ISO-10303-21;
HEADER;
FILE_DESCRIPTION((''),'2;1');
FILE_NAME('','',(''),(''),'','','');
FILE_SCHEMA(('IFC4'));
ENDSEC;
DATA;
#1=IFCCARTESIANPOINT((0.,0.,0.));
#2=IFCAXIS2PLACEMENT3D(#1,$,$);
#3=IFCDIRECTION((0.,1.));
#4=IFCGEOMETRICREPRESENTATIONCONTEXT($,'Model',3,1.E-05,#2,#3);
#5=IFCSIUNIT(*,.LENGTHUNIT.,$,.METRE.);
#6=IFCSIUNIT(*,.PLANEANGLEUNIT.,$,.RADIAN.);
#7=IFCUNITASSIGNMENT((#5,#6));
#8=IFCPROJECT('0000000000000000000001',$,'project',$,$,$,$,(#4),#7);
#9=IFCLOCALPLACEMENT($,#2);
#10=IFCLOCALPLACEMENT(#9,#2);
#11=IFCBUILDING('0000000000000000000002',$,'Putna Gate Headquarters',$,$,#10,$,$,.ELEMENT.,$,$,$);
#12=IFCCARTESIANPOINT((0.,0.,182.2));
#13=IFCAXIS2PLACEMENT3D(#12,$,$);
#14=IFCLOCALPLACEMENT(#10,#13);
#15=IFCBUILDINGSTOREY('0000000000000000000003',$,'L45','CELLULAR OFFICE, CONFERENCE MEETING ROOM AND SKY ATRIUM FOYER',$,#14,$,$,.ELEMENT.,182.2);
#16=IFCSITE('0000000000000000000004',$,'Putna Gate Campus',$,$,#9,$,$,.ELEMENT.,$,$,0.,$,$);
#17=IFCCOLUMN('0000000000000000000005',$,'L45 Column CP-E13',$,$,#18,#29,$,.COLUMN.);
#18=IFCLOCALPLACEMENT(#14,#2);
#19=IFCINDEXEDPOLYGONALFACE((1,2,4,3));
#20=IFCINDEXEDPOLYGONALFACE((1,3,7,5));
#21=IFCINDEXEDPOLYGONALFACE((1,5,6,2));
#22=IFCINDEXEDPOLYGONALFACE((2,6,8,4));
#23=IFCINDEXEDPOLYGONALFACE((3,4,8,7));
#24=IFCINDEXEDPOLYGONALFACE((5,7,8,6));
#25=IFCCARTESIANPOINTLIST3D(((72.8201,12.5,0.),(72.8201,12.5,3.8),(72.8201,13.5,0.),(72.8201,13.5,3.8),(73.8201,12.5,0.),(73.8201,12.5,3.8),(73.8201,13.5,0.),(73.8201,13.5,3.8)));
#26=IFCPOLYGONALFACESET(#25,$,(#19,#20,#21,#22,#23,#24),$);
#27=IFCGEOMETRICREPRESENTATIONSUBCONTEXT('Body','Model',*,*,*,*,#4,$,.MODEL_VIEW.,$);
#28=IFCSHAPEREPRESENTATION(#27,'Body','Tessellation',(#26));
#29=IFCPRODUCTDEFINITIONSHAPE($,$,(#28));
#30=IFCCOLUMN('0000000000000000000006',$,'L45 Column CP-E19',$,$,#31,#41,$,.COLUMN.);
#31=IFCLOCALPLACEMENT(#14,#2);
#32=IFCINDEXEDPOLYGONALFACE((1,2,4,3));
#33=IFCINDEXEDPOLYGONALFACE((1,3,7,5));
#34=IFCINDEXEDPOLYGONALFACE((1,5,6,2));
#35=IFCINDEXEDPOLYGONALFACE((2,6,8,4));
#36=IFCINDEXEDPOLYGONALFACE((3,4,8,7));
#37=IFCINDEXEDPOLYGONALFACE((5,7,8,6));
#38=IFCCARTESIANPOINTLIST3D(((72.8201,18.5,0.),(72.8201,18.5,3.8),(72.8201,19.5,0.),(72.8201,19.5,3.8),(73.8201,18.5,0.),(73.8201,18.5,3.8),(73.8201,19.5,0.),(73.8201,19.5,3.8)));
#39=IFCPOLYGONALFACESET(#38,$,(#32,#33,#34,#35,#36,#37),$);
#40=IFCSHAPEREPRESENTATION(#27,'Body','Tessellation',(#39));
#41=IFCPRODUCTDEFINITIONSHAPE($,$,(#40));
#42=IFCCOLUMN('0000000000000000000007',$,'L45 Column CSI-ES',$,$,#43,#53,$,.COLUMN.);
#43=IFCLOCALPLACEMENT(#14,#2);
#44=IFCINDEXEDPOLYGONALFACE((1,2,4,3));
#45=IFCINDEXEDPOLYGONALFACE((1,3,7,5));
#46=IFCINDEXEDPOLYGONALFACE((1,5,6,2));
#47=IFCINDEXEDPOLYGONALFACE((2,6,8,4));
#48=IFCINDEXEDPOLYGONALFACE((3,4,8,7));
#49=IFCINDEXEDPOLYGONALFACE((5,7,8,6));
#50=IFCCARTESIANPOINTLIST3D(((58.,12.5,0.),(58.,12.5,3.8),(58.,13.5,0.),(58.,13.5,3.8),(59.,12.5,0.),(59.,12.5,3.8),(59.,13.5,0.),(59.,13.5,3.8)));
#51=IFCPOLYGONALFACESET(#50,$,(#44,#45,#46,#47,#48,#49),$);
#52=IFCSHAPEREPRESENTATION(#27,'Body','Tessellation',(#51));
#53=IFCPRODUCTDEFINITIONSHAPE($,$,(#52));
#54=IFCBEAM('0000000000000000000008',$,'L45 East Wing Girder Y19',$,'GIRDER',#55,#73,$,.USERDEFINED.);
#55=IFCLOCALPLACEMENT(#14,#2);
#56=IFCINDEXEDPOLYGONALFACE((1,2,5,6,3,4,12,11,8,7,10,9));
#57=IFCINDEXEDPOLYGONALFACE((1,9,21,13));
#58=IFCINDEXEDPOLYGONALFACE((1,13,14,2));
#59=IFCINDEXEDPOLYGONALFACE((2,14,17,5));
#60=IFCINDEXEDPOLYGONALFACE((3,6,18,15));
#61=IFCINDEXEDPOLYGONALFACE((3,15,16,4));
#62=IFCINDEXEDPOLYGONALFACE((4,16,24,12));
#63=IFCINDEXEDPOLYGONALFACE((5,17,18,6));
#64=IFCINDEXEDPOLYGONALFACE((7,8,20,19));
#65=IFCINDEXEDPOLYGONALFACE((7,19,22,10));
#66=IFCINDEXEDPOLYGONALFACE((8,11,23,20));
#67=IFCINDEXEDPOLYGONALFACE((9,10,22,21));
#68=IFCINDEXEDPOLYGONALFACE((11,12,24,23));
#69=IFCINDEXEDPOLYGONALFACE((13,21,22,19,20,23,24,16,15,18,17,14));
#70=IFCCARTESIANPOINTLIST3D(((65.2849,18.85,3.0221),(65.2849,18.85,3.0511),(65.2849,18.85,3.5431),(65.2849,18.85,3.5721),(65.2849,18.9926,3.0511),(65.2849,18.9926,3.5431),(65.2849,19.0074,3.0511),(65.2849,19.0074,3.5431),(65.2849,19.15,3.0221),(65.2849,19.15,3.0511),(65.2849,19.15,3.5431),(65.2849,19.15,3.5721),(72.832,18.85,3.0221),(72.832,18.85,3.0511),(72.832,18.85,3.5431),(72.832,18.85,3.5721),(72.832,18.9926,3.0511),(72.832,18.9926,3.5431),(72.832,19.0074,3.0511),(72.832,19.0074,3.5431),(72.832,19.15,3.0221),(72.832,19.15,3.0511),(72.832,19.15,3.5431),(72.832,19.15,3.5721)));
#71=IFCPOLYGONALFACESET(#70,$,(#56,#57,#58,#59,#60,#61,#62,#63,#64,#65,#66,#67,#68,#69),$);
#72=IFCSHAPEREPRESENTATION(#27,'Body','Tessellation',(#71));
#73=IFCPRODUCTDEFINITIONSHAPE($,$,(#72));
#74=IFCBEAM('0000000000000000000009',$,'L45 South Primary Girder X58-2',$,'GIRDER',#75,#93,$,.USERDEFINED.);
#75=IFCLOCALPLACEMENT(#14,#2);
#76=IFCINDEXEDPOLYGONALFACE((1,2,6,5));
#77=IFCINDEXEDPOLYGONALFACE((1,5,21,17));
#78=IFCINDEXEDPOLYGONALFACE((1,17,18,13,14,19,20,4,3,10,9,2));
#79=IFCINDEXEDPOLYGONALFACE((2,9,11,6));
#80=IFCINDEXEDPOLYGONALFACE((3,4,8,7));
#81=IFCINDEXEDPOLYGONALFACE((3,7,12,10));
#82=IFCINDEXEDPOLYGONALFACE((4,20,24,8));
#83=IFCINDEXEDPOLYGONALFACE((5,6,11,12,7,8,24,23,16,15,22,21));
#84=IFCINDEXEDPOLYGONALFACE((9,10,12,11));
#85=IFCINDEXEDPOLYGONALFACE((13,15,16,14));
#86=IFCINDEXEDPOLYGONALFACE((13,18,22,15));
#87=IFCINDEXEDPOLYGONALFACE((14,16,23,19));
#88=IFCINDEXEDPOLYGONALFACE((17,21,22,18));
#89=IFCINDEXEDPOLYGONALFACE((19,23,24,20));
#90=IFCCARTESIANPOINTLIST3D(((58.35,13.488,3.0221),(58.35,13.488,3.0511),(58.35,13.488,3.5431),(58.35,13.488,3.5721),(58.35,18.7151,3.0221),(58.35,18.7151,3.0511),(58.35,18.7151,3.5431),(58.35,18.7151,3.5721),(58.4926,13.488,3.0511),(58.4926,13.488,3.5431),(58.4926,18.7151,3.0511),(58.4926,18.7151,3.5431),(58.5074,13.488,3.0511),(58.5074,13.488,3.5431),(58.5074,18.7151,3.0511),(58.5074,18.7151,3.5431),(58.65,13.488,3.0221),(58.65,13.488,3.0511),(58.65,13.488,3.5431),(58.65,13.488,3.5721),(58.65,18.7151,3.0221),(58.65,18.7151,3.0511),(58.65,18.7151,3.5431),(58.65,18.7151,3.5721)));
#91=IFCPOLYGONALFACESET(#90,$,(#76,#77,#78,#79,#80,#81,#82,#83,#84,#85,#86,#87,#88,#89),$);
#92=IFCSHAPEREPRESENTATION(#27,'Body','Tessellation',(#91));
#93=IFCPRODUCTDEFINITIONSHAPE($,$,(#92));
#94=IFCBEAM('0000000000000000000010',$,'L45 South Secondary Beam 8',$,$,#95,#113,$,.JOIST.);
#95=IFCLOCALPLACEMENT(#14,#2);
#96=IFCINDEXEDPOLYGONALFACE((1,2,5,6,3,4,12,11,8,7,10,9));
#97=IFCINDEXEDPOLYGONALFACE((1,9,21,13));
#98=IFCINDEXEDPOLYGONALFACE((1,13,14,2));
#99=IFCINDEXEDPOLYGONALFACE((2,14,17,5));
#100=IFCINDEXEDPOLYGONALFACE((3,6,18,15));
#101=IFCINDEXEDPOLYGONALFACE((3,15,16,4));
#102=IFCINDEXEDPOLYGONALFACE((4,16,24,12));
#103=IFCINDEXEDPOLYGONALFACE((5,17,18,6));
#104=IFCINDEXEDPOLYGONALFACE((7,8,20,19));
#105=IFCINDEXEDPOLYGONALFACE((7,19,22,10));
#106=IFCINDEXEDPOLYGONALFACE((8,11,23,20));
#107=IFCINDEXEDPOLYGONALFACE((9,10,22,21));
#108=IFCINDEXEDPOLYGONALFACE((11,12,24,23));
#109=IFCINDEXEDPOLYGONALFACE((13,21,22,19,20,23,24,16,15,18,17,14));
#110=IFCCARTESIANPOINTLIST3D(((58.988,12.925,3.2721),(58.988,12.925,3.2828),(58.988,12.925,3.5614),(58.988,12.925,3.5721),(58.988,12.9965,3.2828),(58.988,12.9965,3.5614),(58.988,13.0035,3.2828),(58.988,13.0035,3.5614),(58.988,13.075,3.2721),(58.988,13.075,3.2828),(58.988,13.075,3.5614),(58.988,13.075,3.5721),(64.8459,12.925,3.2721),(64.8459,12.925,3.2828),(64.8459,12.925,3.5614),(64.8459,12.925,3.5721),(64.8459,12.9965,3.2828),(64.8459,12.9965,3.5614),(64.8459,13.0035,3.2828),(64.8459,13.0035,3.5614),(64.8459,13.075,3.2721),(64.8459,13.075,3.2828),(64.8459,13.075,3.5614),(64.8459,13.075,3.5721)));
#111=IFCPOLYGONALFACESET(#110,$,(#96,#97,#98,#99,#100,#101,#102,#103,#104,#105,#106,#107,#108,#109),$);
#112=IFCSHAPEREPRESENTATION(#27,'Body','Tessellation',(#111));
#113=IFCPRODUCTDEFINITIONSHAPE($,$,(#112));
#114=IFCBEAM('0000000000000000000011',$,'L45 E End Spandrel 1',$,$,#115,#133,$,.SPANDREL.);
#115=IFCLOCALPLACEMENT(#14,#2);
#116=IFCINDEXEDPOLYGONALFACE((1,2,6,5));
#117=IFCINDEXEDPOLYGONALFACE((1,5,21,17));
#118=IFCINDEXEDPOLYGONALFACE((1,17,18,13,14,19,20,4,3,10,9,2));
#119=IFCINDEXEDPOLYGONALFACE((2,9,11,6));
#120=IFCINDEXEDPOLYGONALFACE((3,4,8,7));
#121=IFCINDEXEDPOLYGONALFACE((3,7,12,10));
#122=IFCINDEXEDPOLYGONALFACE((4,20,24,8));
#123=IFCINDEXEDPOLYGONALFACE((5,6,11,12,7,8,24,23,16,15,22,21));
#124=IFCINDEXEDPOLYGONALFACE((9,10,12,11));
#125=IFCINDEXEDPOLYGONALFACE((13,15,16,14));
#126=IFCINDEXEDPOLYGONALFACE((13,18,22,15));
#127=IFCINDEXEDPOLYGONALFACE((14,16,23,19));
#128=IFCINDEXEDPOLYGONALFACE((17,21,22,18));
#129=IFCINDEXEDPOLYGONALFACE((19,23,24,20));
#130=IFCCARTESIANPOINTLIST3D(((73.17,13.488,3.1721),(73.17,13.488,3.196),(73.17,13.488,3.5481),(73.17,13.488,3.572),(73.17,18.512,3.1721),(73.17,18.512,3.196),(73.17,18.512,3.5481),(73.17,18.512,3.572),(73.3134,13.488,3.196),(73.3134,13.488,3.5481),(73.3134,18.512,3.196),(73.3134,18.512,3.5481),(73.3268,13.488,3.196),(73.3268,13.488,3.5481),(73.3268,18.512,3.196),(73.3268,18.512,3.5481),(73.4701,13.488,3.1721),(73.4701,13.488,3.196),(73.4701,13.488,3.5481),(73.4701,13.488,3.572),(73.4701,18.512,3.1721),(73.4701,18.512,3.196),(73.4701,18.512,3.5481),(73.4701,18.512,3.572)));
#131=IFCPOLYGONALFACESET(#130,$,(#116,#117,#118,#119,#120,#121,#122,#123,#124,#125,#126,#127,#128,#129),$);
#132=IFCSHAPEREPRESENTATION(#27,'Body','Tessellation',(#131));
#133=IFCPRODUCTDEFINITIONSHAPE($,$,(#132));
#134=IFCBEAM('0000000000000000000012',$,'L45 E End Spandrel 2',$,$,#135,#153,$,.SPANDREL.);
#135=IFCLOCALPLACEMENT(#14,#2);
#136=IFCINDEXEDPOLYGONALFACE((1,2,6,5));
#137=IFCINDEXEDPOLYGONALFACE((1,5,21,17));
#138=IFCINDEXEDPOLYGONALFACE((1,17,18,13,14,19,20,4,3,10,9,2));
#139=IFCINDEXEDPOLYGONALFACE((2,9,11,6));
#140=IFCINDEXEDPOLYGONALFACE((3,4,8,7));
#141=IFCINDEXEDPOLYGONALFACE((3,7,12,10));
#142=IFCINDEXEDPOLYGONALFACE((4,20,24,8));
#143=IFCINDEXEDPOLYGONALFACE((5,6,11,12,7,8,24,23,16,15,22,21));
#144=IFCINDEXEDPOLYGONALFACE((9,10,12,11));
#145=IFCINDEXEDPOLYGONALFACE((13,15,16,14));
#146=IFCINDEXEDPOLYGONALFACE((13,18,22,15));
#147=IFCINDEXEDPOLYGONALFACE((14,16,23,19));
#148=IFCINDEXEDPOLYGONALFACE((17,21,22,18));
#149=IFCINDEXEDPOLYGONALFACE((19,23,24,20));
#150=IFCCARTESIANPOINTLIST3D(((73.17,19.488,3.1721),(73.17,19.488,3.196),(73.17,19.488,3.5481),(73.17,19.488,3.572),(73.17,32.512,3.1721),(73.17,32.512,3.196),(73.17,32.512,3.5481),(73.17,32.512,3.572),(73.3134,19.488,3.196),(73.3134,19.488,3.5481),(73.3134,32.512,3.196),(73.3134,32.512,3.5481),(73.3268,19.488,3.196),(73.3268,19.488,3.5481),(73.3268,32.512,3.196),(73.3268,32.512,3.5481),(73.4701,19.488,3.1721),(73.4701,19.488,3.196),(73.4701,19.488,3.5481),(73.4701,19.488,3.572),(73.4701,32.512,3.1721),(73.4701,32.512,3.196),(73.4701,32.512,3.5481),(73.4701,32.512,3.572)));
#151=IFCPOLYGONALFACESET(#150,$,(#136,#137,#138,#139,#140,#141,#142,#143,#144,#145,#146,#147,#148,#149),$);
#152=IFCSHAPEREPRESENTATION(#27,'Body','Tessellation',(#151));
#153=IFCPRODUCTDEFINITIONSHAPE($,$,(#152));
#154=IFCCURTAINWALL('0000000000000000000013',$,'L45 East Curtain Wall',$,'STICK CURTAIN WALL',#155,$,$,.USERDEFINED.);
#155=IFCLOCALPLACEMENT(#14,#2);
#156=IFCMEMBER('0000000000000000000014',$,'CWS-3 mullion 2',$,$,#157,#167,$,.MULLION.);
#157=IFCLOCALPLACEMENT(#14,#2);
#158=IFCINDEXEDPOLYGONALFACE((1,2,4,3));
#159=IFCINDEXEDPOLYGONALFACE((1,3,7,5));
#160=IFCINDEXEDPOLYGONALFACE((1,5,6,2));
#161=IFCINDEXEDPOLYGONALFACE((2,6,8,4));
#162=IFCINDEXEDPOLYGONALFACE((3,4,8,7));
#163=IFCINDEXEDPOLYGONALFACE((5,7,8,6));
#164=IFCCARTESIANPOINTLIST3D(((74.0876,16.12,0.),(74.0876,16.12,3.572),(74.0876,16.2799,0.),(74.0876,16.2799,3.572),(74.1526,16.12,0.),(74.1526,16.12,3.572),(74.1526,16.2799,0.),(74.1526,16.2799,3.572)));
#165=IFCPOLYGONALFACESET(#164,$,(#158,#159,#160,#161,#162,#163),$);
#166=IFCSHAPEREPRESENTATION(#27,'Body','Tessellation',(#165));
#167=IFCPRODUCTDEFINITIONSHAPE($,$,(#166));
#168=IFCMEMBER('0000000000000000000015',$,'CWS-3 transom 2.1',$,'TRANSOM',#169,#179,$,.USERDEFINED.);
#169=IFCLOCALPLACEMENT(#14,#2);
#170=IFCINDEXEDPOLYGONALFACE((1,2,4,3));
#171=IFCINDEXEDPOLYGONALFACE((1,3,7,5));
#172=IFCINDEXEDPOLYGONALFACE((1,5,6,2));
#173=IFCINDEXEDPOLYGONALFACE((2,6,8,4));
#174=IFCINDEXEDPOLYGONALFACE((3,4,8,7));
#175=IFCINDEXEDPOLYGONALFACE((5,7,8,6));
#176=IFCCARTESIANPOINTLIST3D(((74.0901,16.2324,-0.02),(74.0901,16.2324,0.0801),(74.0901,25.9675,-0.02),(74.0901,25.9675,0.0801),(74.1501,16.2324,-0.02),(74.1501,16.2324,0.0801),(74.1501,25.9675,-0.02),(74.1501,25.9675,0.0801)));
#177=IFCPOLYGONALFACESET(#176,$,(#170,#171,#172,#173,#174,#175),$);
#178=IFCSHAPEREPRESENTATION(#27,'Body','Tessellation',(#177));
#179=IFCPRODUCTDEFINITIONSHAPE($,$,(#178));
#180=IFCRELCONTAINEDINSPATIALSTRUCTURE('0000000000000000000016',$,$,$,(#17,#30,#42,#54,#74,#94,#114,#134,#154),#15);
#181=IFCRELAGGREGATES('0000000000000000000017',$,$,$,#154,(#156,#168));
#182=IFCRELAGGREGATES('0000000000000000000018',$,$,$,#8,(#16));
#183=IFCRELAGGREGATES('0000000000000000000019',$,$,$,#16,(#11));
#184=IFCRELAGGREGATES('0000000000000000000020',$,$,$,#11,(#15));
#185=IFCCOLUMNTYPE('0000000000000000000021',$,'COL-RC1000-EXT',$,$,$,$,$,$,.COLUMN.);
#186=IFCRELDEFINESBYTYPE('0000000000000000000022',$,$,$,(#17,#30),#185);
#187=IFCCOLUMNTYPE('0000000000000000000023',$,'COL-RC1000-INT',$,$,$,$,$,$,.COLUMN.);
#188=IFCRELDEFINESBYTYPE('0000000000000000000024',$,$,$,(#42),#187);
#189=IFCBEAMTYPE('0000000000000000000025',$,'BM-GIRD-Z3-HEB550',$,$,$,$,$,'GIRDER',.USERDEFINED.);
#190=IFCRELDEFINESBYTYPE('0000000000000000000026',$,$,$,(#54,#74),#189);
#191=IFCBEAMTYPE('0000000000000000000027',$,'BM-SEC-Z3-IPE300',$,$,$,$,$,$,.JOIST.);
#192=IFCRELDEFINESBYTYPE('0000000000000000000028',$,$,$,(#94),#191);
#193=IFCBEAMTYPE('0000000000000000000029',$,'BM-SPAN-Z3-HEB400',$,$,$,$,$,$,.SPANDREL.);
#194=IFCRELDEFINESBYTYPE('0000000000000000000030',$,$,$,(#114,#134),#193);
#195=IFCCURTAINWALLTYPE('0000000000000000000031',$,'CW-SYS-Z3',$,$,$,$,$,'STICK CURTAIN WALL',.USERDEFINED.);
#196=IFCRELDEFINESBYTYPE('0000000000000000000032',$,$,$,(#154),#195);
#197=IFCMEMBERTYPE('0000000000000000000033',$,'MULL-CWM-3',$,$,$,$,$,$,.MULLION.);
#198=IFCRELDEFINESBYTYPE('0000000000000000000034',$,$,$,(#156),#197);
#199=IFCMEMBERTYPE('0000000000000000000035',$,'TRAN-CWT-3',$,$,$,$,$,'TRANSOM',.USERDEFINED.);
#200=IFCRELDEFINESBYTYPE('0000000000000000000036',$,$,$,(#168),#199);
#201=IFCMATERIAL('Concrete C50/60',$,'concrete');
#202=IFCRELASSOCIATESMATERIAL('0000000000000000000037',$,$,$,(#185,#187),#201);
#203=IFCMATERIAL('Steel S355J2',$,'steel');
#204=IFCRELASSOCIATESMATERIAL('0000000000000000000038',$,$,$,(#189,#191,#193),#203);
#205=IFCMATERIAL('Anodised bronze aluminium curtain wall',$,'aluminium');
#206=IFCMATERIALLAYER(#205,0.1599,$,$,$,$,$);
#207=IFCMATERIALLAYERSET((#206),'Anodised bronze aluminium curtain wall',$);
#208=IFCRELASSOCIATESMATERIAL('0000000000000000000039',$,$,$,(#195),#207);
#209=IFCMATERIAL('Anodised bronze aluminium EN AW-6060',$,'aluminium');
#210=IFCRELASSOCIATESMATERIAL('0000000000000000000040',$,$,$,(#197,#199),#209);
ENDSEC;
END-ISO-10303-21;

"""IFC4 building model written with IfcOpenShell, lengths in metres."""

from ifc_helpers import new_model, si_unit, direction, frame, origin, origin_2d, place, context, subcontext, project, spatial, rectangle, i_section, extrude, material, layer, layer_set, material_profile, profile_set, type_object, element, aggregate, save


model = new_model("IFC4")

# Units and contexts
model_context = context("Model", 3, precision=1e-05, world=origin(), true_north=direction((0.0, 1.0)))
body_context = subcontext(model_context, "Body", "Model", "MODEL_VIEW")
ifc_project = project(units=[si_unit("LENGTHUNIT", "METRE"), si_unit("PLANEANGLEUNIT", "RADIAN")], contexts=[model_context])

# Site, building, storey
site_placement = place(None, origin())
site = spatial("IfcSite", under=ifc_project, at=site_placement, Name="Putna Gate Campus", CompositionType="ELEMENT", RefElevation=0.0)
building_placement = place(site_placement, origin())
building = spatial("IfcBuilding", under=site, at=building_placement, Name="Putna Gate Headquarters", CompositionType="ELEMENT")
storey_placement = place(building_placement, frame((0.0, 0.0, 182.2)))
storey = spatial("IfcBuildingStorey", under=building, at=storey_placement, Name="L45", Description="CELLULAR OFFICE, CONFERENCE MEETING ROOM AND SKY ATRIUM FOYER", CompositionType="ELEMENT", Elevation=182.2)

# Columns
ifc_material_1 = material(Name="Concrete C50/60", Category="concrete")
ifc_material_profile_1 = material_profile(ifc_material_1, rectangle(XDim=1.0, YDim=1.0, at=origin_2d()), Name="Concrete C50/60")
ifc_profile_set_1 = profile_set([ifc_material_profile_1], Name="Concrete C50/60")
column_type_1 = type_object("IfcColumnType", Name="COL-RC1000-EXT", PredefinedType="COLUMN", material=ifc_profile_set_1)
for number, where, z_axis, x_axis, name in (
    (1, (73.3201, 13.0, 0.0), (0.0, 0.0, 1.0), (1.0, 0.0, 0.0), "L45 Column CP-E13"),
    (2, (73.3201, 19.0, 0.0), (0.0, 0.0, 1.0), (1.0, 0.0, 0.0), "L45 Column CP-E19"),
):
    element("IfcColumn", number, at=place(storey_placement, frame(where, z_axis=z_axis, x_axis=x_axis)), inside=storey, type_object=column_type_1, Name=name, PredefinedType="COLUMN", context=body_context, shape_type="SweptSolid", body=[
        extrude(rectangle(XDim=1.0, YDim=1.0, at=origin_2d()), origin(), (0.0, 0.0, 1.0), 3.8),
    ])
ifc_material_profile_2 = material_profile(ifc_material_1, rectangle(XDim=1.0, YDim=1.0, at=origin_2d()), Name="Concrete C50/60")
ifc_profile_set_2 = profile_set([ifc_material_profile_2], Name="Concrete C50/60")
column_type_2 = type_object("IfcColumnType", Name="COL-RC1000-INT", PredefinedType="COLUMN", material=ifc_profile_set_2)
column_placement = place(storey_placement, frame((58.5, 13.0, 0.0), z_axis=(0.0, 0.0, 1.0), x_axis=(1.0, 0.0, 0.0)))
element("IfcColumn", 3, at=column_placement, inside=storey, type_object=column_type_2, Name="L45 Column CSI-ES", PredefinedType="COLUMN", context=body_context, shape_type="SweptSolid", body=[
    extrude(rectangle(XDim=1.0, YDim=1.0, at=origin_2d()), origin(), (0.0, 0.0, 1.0), 3.8),
])

# Beams
ifc_material_2 = material(Name="Steel S355J2", Category="steel")
ifc_material_profile_3 = material_profile(ifc_material_2, i_section(OverallWidth=0.3, OverallDepth=0.55, WebThickness=0.0149, FlangeThickness=0.0291, at=origin_2d()), Name="Steel S355J2")
ifc_profile_set_3 = profile_set([ifc_material_profile_3], Name="Steel S355J2")
beam_type_1 = type_object("IfcBeamType", Name="BM-GIRD-Z3-HEB550", ElementType="GIRDER", PredefinedType="USERDEFINED", material=ifc_profile_set_3)
beam_1_placement = place(storey_placement, frame((65.2849, 19.0, 3.2971), z_axis=(1.0, 0.0, 0.0), x_axis=(0.0, 1.0, 0.0)))
element("IfcBeam", 4, at=beam_1_placement, inside=storey, type_object=beam_type_1, Name="L45 East Wing Girder Y19", ObjectType="GIRDER", PredefinedType="USERDEFINED", context=body_context, shape_type="SweptSolid", body=[
    extrude(i_section(OverallWidth=0.3, OverallDepth=0.55, WebThickness=0.0149, FlangeThickness=0.0291, at=origin_2d()), origin(), (0.0, 0.0, 1.0), 7.5471),
])
beam_2_placement = place(storey_placement, frame((58.5, 13.488, 3.2971), z_axis=(0.0, 1.0, 0.0), x_axis=(-1.0, 0.0, 0.0)))
element("IfcBeam", 5, at=beam_2_placement, inside=storey, type_object=beam_type_1, Name="L45 South Primary Girder X58-2", ObjectType="GIRDER", PredefinedType="USERDEFINED", context=body_context, shape_type="SweptSolid", body=[
    extrude(i_section(OverallWidth=0.3, OverallDepth=0.55, WebThickness=0.0149, FlangeThickness=0.0291, at=origin_2d()), origin(), (0.0, 0.0, 1.0), 5.2271),
])
ifc_material_profile_4 = material_profile(ifc_material_2, i_section(OverallWidth=0.1499, OverallDepth=0.3, WebThickness=0.0071, FlangeThickness=0.0107, at=origin_2d()), Name="Steel S355J2")
ifc_profile_set_4 = profile_set([ifc_material_profile_4], Name="Steel S355J2")
beam_type_2 = type_object("IfcBeamType", Name="BM-SEC-Z3-IPE300", PredefinedType="JOIST", material=ifc_profile_set_4)
beam_3_placement = place(storey_placement, frame((58.988, 13.0, 3.4221), z_axis=(1.0, 0.0, 0.0), x_axis=(0.0, 1.0, 0.0)))
element("IfcBeam", 6, at=beam_3_placement, inside=storey, type_object=beam_type_2, Name="L45 South Secondary Beam 8", PredefinedType="JOIST", context=body_context, shape_type="SweptSolid", body=[
    extrude(i_section(OverallWidth=0.1499, OverallDepth=0.3, WebThickness=0.0071, FlangeThickness=0.0107, at=origin_2d()), origin(), (0.0, 0.0, 1.0), 5.8579),
])
ifc_material_profile_5 = material_profile(ifc_material_2, i_section(OverallWidth=0.3, OverallDepth=0.3999, WebThickness=0.0134, FlangeThickness=0.0239, at=origin_2d()), Name="Steel S355J2")
ifc_profile_set_5 = profile_set([ifc_material_profile_5], Name="Steel S355J2")
beam_type_3 = type_object("IfcBeamType", Name="BM-SPAN-Z3-HEB400", PredefinedType="SPANDREL", material=ifc_profile_set_5)
beam_4_placement = place(storey_placement, frame((73.3201, 13.488, 3.3721), z_axis=(0.0, 1.0, 0.0), x_axis=(-1.0, 0.0, 0.0)))
element("IfcBeam", 7, at=beam_4_placement, inside=storey, type_object=beam_type_3, Name="L45 E End Spandrel 1", PredefinedType="SPANDREL", context=body_context, shape_type="SweptSolid", body=[
    extrude(i_section(OverallWidth=0.3, OverallDepth=0.3999, WebThickness=0.0134, FlangeThickness=0.0239, at=origin_2d()), origin(), (0.0, 0.0, 1.0), 5.0239),
])
beam_5_placement = place(storey_placement, frame((73.3201, 19.488, 3.3721), z_axis=(0.0, 1.0, 0.0), x_axis=(-1.0, 0.0, 0.0)))
element("IfcBeam", 8, at=beam_5_placement, inside=storey, type_object=beam_type_3, Name="L45 E End Spandrel 2", PredefinedType="SPANDREL", context=body_context, shape_type="SweptSolid", body=[
    extrude(i_section(OverallWidth=0.3, OverallDepth=0.3999, WebThickness=0.0134, FlangeThickness=0.0239, at=origin_2d()), origin(), (0.0, 0.0, 1.0), 13.0239),
])

# Curtain wall, members
ifc_material_3 = material(Name="Anodised bronze aluminium curtain wall", Category="aluminium")
ifc_layer_1 = layer(ifc_material_3, 0.1599)
ifc_layer_set_1 = layer_set([ifc_layer_1], Name="Anodised bronze aluminium curtain wall")
curtain_wall_type = type_object("IfcCurtainWallType", Name="CW-SYS-Z3", ElementType="STICK CURTAIN WALL", PredefinedType="USERDEFINED", material=ifc_layer_set_1)
curtain_wall_placement = place(storey_placement, origin())
curtain_wall = element("IfcCurtainWall", 9, at=curtain_wall_placement, inside=storey, type_object=curtain_wall_type, Name="L45 East Curtain Wall", ObjectType="STICK CURTAIN WALL", PredefinedType="USERDEFINED")
ifc_material_4 = material(Name="Anodised bronze aluminium EN AW-6060", Category="aluminium")
ifc_material_profile_6 = material_profile(ifc_material_4, rectangle(XDim=0.0649, YDim=0.1599, at=origin_2d()), Name="Anodised bronze aluminium EN AW-6060")
ifc_profile_set_6 = profile_set([ifc_material_profile_6], Name="Anodised bronze aluminium EN AW-6060")
member_type_1 = type_object("IfcMemberType", Name="MULL-CWM-3", PredefinedType="MULLION", material=ifc_profile_set_6)
member_1_placement = place(storey_placement, frame((74.1201, 16.2, 0.0), z_axis=(0.0, 0.0, 1.0), x_axis=(-1.0, 0.0, 0.0)))
member_1 = element("IfcMember", 10, at=member_1_placement, type_object=member_type_1, Name="CWS-3 mullion 2", PredefinedType="MULLION", context=body_context, shape_type="SweptSolid", body=[
    extrude(rectangle(XDim=0.0649, YDim=0.1599, at=origin_2d()), origin(), (0.0, 0.0, 1.0), 3.572),
])
ifc_material_profile_7 = material_profile(ifc_material_4, rectangle(XDim=0.0601, YDim=0.1001, at=origin_2d()), Name="Anodised bronze aluminium EN AW-6060")
ifc_profile_set_7 = profile_set([ifc_material_profile_7], Name="Anodised bronze aluminium EN AW-6060")
member_type_2 = type_object("IfcMemberType", Name="TRAN-CWT-3", ElementType="TRANSOM", PredefinedType="USERDEFINED", material=ifc_profile_set_7)
member_2_placement = place(storey_placement, frame((74.1201, 16.2324, 0.03), z_axis=(0.0, 1.0, 0.0), x_axis=(-1.0, 0.0, 0.0)))
member_2 = element("IfcMember", 11, at=member_2_placement, type_object=member_type_2, Name="CWS-3 transom 2.1", ObjectType="TRANSOM", PredefinedType="USERDEFINED", context=body_context, shape_type="SweptSolid", body=[
    extrude(rectangle(XDim=0.0601, YDim=0.1001, at=origin_2d()), origin(), (0.0, 0.0, 1.0), 9.7351),
])
aggregate(curtain_wall, [member_1, member_2])

save(model, "model.ifc")
